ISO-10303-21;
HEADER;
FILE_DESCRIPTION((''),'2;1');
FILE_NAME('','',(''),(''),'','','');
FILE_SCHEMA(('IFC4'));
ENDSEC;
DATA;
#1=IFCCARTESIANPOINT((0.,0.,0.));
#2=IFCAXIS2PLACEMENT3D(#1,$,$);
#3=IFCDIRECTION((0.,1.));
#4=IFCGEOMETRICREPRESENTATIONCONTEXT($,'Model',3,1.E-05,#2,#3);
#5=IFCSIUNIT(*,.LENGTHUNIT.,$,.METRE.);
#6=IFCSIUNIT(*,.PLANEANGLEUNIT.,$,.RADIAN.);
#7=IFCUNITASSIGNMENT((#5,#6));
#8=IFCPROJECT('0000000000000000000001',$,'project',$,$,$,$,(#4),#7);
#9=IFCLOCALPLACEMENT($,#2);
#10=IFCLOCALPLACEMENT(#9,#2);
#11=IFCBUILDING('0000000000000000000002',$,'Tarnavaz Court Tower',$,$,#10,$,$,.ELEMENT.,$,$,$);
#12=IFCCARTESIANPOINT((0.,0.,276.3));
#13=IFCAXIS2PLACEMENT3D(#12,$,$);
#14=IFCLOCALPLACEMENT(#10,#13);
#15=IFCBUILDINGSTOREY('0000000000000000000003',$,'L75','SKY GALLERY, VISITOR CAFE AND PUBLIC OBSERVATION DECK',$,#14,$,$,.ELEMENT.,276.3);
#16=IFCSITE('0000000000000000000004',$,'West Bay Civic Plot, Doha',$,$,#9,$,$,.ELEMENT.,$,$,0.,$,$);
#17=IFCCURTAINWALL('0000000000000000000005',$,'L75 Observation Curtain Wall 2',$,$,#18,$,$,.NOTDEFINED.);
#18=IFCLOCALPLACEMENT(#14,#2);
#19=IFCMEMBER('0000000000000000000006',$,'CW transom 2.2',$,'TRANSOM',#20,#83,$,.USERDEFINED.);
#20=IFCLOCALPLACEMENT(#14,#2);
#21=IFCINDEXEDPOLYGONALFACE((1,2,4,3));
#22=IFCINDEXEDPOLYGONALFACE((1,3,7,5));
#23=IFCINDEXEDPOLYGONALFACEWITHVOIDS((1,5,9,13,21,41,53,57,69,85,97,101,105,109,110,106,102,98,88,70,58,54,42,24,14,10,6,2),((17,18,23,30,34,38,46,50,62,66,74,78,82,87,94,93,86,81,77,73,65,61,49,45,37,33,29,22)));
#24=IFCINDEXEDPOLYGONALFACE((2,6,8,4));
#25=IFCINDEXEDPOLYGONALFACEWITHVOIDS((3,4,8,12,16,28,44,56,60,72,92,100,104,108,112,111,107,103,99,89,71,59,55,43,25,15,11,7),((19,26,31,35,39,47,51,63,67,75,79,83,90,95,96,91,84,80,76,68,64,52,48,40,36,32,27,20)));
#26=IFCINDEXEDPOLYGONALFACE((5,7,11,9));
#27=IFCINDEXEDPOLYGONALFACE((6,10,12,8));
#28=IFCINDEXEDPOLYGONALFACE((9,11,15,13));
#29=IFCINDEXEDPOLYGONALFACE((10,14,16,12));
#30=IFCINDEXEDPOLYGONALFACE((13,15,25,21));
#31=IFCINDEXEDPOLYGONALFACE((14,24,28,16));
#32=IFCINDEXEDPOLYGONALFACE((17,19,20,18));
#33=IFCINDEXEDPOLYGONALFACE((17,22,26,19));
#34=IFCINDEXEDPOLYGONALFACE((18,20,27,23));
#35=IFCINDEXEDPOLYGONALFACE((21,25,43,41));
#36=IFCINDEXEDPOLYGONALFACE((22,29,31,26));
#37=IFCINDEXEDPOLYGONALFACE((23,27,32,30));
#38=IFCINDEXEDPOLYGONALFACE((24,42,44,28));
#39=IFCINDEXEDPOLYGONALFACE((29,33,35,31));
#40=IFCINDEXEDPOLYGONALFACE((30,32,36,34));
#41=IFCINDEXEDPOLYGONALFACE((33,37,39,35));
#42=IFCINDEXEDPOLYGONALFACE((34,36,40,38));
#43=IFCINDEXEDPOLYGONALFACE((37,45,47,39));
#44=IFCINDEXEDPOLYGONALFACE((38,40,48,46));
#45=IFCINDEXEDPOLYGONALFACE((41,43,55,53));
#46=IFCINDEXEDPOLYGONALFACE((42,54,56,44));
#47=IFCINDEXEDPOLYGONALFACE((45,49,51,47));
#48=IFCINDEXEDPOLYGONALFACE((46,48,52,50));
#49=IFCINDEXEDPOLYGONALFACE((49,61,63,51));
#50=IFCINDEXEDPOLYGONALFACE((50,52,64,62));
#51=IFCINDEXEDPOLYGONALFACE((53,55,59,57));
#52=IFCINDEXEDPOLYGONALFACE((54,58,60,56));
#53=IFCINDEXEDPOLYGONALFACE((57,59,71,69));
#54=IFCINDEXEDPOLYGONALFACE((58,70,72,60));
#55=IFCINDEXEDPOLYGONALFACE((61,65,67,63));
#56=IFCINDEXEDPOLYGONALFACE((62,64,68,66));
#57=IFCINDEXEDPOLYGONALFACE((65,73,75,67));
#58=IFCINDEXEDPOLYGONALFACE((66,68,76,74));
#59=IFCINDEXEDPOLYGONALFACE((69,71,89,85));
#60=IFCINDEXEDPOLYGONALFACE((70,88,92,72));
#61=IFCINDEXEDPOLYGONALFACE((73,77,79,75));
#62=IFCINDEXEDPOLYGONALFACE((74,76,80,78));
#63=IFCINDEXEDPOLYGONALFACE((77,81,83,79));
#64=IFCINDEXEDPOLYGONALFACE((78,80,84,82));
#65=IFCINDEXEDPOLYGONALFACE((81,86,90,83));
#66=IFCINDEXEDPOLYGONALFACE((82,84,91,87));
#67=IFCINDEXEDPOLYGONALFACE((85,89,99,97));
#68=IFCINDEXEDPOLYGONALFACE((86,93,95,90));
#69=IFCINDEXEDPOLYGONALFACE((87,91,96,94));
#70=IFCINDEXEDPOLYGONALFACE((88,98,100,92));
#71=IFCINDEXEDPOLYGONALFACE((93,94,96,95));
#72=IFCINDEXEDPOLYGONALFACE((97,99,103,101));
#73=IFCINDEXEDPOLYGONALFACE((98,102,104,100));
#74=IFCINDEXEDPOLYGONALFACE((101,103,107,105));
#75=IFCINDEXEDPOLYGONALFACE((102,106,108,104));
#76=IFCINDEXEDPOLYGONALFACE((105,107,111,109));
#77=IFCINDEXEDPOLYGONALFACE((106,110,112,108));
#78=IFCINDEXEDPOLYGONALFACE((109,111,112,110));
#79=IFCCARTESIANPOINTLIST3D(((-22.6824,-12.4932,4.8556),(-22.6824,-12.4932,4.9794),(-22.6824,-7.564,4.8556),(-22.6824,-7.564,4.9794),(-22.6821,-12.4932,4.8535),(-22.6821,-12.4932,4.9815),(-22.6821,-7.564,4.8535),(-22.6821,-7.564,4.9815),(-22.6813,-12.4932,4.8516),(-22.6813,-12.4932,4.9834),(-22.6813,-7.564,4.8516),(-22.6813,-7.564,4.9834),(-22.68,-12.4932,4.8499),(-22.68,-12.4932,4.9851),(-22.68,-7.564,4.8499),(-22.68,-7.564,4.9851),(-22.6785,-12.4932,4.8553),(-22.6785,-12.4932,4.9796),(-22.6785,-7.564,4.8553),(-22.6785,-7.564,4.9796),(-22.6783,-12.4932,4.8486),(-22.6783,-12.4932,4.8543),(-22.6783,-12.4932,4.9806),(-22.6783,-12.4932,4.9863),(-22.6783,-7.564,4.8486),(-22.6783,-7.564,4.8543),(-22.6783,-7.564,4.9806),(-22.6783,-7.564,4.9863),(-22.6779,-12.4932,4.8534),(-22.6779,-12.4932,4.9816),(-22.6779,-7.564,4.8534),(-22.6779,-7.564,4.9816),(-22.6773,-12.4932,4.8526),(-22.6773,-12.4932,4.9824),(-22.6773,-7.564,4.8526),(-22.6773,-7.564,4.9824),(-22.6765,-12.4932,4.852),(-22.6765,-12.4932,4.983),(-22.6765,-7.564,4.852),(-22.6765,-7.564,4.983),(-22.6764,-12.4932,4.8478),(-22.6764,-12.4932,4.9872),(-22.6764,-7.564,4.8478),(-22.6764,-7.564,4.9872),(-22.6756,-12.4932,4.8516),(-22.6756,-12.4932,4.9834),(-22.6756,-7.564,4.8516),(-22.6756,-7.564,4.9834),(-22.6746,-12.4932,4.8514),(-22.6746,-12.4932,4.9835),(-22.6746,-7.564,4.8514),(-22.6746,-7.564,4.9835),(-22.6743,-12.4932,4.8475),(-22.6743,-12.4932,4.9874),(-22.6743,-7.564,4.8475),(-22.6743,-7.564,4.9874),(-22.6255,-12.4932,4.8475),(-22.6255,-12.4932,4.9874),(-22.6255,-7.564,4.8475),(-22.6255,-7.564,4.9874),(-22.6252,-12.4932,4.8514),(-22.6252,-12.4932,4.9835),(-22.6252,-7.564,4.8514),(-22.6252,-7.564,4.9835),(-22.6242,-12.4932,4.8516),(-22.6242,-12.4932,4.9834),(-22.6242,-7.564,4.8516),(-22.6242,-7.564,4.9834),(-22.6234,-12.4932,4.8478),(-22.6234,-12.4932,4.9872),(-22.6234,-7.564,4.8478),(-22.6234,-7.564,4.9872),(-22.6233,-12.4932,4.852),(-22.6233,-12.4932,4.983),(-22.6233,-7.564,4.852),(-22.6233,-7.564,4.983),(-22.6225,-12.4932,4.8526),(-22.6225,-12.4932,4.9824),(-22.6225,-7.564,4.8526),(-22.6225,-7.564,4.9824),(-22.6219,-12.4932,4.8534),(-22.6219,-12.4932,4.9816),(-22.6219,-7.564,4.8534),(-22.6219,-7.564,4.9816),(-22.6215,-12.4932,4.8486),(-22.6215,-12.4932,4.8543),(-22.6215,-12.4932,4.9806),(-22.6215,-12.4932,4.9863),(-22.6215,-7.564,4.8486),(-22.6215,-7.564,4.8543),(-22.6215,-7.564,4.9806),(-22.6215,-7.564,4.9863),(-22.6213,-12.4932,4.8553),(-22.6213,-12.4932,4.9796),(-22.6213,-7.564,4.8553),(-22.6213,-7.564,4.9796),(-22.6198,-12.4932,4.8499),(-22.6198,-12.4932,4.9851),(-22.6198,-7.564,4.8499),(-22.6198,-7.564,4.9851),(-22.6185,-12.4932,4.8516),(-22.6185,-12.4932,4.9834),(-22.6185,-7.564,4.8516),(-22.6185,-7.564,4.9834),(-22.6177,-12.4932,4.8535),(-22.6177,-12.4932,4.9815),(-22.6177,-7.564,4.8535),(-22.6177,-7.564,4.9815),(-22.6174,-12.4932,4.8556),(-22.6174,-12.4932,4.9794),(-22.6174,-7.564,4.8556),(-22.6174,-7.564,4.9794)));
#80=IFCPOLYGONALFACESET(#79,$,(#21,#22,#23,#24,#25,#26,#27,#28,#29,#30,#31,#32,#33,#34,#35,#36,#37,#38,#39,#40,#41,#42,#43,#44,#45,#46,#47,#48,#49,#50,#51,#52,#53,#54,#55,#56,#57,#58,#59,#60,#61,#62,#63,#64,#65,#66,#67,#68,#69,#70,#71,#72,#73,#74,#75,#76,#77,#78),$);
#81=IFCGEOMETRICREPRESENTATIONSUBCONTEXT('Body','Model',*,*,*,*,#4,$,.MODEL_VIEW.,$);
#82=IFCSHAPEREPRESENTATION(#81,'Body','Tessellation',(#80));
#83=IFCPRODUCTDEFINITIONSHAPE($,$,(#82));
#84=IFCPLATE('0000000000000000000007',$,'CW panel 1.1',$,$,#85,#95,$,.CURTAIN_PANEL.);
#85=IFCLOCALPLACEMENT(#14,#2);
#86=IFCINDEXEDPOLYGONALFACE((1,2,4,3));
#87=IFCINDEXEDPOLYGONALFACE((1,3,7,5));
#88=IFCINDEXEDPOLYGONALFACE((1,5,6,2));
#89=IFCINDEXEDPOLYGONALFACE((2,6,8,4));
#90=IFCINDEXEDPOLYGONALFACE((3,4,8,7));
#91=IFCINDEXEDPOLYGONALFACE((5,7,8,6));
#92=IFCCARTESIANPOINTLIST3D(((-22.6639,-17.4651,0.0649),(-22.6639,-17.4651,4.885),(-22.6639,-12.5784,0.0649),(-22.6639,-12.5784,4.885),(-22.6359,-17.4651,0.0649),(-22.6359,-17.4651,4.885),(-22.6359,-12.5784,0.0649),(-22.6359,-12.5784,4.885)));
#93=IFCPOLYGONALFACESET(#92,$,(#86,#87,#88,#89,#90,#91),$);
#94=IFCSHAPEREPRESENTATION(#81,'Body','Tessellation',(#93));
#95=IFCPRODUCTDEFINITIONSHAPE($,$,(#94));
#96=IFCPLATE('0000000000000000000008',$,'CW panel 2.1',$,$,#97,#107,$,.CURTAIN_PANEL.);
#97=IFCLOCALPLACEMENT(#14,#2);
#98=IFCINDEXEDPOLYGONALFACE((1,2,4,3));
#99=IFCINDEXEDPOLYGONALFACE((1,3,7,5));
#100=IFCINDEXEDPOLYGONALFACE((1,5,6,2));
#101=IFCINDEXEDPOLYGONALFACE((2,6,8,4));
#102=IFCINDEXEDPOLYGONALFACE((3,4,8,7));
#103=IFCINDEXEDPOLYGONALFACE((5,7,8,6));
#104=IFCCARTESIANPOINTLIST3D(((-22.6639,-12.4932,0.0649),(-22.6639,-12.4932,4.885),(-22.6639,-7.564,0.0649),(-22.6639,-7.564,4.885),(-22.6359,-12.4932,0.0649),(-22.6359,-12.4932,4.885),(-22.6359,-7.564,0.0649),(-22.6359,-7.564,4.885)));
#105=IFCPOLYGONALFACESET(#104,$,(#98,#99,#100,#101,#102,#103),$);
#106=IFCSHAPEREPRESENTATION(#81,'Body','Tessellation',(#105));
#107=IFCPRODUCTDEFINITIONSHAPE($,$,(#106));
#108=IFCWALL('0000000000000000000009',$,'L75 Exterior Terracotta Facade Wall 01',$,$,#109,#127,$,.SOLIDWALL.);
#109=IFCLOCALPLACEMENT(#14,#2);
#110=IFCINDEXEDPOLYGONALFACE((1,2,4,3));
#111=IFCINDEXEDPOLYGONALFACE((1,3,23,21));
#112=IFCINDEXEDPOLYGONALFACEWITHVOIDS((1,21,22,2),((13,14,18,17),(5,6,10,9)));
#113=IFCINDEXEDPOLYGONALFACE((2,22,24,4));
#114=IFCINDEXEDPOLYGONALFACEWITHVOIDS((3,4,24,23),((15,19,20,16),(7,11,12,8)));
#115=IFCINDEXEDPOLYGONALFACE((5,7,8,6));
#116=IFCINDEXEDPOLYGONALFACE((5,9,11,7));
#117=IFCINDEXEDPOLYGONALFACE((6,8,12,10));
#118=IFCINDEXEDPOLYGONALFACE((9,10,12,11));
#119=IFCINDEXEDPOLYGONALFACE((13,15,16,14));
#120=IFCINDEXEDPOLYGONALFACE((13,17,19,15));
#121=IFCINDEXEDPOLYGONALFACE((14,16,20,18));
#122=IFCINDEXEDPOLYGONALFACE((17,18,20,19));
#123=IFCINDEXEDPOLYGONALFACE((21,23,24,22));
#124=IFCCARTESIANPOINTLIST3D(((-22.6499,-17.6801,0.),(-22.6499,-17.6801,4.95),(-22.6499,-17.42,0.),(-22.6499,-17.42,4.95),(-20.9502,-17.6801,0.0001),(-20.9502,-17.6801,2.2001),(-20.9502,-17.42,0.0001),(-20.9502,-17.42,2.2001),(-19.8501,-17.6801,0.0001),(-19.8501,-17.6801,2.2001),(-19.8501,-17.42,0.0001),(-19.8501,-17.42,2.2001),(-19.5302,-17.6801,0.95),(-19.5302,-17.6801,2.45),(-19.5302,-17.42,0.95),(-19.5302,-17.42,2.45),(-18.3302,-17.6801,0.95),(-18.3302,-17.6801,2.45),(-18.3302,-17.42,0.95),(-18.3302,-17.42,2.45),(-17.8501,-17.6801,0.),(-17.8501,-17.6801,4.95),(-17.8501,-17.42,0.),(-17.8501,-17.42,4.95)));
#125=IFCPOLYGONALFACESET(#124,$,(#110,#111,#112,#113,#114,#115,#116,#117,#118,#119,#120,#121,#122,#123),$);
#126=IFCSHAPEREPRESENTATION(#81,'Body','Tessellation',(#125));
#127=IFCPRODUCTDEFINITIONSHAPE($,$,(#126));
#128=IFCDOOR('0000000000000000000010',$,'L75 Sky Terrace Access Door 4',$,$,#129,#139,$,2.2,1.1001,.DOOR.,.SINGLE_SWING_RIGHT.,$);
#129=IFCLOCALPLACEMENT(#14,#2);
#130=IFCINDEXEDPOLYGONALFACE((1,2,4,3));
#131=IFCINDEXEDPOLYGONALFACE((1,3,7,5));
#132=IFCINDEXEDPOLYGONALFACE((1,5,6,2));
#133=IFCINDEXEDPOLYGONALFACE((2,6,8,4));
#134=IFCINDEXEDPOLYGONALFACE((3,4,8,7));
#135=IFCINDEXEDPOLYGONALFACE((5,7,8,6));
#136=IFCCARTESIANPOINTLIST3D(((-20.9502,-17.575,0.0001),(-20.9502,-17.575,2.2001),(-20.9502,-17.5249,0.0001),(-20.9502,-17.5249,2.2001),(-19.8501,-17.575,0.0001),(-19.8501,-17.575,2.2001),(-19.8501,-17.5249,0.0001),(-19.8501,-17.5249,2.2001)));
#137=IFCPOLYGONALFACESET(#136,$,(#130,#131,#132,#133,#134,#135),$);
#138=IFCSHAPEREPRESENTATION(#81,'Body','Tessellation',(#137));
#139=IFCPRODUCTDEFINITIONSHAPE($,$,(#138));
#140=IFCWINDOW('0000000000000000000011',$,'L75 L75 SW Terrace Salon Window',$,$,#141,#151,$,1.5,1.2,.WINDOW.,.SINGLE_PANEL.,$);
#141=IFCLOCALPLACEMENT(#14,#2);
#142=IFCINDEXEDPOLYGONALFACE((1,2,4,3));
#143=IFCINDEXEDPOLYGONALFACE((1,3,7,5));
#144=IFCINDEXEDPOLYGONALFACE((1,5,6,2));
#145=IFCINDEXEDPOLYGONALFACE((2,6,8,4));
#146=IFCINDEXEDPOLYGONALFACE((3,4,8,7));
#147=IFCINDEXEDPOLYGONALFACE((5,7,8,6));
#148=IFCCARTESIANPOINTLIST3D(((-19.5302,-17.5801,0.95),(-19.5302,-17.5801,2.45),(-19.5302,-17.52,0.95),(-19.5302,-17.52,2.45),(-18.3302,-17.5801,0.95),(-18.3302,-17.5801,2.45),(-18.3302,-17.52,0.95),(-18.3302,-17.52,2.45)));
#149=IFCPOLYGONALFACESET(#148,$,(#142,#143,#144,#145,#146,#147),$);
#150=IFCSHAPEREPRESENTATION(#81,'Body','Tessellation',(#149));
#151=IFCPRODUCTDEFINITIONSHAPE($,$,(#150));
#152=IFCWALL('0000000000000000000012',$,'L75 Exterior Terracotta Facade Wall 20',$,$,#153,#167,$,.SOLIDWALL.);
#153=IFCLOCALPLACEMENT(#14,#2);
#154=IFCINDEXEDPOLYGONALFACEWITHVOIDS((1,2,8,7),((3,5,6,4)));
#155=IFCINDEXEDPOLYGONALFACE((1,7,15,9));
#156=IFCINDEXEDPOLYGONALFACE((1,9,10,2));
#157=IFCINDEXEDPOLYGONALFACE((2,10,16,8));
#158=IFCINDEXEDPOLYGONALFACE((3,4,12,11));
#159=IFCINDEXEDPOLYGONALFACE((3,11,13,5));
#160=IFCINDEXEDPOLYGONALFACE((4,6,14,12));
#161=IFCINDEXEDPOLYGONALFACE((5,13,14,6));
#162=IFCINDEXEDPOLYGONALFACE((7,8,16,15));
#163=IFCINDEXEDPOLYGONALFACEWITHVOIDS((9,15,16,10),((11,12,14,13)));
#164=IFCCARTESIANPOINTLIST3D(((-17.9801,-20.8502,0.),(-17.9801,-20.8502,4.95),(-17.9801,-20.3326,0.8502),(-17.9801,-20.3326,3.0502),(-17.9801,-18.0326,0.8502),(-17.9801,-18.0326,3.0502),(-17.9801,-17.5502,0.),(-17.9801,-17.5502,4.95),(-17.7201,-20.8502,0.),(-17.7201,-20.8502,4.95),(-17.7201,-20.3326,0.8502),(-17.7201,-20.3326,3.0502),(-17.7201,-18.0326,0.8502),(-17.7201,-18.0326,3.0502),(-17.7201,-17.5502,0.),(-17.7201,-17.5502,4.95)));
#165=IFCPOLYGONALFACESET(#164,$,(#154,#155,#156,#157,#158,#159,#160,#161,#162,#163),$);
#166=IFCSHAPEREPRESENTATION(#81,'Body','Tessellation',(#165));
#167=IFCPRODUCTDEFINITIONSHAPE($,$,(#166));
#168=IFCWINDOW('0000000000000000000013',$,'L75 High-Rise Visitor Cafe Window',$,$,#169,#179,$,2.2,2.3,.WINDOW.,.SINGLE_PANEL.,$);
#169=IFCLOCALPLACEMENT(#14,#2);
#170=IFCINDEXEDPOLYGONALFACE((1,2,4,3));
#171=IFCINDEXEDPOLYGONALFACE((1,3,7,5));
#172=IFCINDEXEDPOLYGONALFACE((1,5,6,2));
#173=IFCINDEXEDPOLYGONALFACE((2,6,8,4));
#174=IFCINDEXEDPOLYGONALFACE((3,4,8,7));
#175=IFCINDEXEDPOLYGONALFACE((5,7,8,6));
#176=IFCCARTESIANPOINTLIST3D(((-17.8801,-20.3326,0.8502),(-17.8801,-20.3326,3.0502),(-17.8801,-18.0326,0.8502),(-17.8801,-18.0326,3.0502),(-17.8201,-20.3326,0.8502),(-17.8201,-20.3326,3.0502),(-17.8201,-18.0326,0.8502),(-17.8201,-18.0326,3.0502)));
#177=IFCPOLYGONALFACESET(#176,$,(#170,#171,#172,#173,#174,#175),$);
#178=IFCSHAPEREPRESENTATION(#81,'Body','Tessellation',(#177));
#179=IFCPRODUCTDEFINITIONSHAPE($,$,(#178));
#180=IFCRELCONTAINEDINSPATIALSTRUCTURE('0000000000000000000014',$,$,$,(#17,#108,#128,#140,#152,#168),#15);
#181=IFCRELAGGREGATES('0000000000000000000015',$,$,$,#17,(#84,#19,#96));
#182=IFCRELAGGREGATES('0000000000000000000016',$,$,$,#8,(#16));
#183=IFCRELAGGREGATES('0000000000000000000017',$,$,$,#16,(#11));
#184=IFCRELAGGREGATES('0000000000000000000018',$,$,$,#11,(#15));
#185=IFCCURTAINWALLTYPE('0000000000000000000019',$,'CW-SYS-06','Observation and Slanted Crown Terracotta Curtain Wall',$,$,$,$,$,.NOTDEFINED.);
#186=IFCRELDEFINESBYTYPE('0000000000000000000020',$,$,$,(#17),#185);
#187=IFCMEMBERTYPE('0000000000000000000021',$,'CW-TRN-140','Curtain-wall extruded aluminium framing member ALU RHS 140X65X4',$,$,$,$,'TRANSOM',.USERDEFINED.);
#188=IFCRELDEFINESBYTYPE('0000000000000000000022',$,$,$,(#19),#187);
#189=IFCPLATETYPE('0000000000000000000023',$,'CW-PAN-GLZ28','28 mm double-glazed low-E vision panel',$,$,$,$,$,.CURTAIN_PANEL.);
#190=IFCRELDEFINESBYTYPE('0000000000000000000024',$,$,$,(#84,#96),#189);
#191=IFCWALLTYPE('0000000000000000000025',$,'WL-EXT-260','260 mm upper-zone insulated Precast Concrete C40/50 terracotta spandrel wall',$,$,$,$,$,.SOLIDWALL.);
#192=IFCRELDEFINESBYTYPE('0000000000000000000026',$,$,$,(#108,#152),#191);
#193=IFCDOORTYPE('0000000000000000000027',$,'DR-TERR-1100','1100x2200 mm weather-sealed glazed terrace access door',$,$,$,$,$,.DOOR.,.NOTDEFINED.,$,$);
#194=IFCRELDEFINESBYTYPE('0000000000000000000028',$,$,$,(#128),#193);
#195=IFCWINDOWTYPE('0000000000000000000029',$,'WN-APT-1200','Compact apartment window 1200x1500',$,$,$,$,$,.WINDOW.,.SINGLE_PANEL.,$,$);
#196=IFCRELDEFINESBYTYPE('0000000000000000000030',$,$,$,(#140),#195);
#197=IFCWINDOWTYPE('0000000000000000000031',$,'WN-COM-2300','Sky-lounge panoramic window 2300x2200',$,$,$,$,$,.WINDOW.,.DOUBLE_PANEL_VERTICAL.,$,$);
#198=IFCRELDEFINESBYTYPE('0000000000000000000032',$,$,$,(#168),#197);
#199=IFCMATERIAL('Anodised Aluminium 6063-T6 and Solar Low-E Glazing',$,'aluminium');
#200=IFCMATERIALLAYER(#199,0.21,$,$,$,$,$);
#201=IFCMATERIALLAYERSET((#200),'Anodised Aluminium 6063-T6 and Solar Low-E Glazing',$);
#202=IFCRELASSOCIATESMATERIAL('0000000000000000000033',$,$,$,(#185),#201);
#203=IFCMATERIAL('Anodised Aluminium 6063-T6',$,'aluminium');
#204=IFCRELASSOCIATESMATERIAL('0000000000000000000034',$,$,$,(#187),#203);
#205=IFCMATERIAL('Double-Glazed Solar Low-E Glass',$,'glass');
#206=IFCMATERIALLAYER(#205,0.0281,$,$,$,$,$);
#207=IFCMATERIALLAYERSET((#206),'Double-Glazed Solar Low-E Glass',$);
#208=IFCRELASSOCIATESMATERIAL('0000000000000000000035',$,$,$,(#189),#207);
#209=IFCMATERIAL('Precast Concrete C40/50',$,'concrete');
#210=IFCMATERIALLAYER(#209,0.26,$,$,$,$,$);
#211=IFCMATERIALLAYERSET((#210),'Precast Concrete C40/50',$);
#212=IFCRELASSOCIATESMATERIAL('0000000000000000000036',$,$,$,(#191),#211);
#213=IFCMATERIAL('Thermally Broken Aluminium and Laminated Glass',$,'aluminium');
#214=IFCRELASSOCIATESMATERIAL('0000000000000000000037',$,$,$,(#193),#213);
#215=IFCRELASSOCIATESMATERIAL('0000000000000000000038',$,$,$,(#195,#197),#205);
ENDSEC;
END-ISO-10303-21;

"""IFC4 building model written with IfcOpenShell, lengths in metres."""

from ifc_helpers import new_model, si_unit, direction, frame, frame_2d, origin, origin_2d, place, context, subcontext, project, spatial, rectangle, hollow_rectangle, extrude, material, layer, layer_set, material_profile, profile_set, type_object, element, fill, aggregate, save


model = new_model("IFC4")

# Units and contexts
model_context = context("Model", 3, precision=1e-05, world=origin(), true_north=direction((0.0, 1.0)))
body_context = subcontext(model_context, "Body", "Model", "MODEL_VIEW")
ifc_project = project(units=[si_unit("LENGTHUNIT", "METRE"), si_unit("PLANEANGLEUNIT", "RADIAN")], contexts=[model_context])

# Site, building, storey
site_placement = place(None, origin())
site = spatial("IfcSite", under=ifc_project, at=site_placement, Name="West Bay Civic Plot, Doha", CompositionType="ELEMENT", RefElevation=0.0)
building_placement = place(site_placement, origin())
building = spatial("IfcBuilding", under=site, at=building_placement, Name="Tarnavaz Court Tower", CompositionType="ELEMENT")
storey_placement = place(building_placement, frame((0.0, 0.0, 276.3)))
storey = spatial("IfcBuildingStorey", under=building, at=storey_placement, Name="L75", Description="SKY GALLERY, VISITOR CAFE AND PUBLIC OBSERVATION DECK", CompositionType="ELEMENT", Elevation=276.3)

# Curtain wall, member, plates
ifc_material_1 = material(Name="Anodised Aluminium 6063-T6 and Solar Low-E Glazing", Category="aluminium")
ifc_layer_1 = layer(ifc_material_1, 0.21)
ifc_layer_set_1 = layer_set([ifc_layer_1], Name="Anodised Aluminium 6063-T6 and Solar Low-E Glazing")
curtain_wall_type = type_object("IfcCurtainWallType", Name="CW-SYS-06", Description="Observation and Slanted Crown Terracotta Curtain Wall", PredefinedType="NOTDEFINED", material=ifc_layer_set_1)
curtain_wall_placement = place(storey_placement, origin())
curtain_wall = element("IfcCurtainWall", 1, at=curtain_wall_placement, inside=storey, type_object=curtain_wall_type, Name="L75 Observation Curtain Wall 2", PredefinedType="NOTDEFINED")
ifc_material_2 = material(Name="Anodised Aluminium 6063-T6", Category="aluminium")
ifc_material_profile_1 = material_profile(ifc_material_2, hollow_rectangle(XDim=0.0649, YDim=0.1399, WallThickness=0.0039, InnerFilletRadius=0.0039, OuterFilletRadius=0.0081, at=origin_2d()), Name="ALU RHS 140X65X4")
ifc_profile_set_1 = profile_set([ifc_material_profile_1], Name="Anodised Aluminium 6063-T6")
member_type_1 = type_object("IfcMemberType", Name="CW-TRN-140", Description="Curtain-wall extruded aluminium framing member ALU RHS 140X65X4", ElementType="TRANSOM", PredefinedType="USERDEFINED", material=ifc_profile_set_1)
member_1_placement = place(storey_placement, frame((-22.6499, -12.4932, 4.9175), z_axis=(0.0, 1.0, 0.0), x_axis=(-1.0, 0.0, 0.0)))
member_1 = element("IfcMember", 2, at=member_1_placement, type_object=member_type_1, Name="CW transom 2.2", ObjectType="TRANSOM", PredefinedType="USERDEFINED", context=body_context, shape_type="SweptSolid", body=[
    extrude(hollow_rectangle(XDim=0.0649, YDim=0.1399, WallThickness=0.0039, InnerFilletRadius=0.0039, OuterFilletRadius=0.0081, at=origin_2d()), origin(), (0.0, 0.0, 1.0), 4.9292),
])
ifc_material_3 = material(Name="Double-Glazed Solar Low-E Glass", Category="glass")
ifc_layer_2 = layer(ifc_material_3, 0.0281)
ifc_layer_set_2 = layer_set([ifc_layer_2], Name="Double-Glazed Solar Low-E Glass")
plate_type = type_object("IfcPlateType", Name="CW-PAN-GLZ28", Description="28 mm double-glazed low-E vision panel", PredefinedType="CURTAIN_PANEL", material=ifc_layer_set_2)
plate_1_placement = place(storey_placement, frame((-22.6499, -15.0217, 0.0649), z_axis=(0.0, 0.0, 1.0), x_axis=(0.0, 1.0, 0.0)))
plate_1 = element("IfcPlate", 3, at=plate_1_placement, type_object=plate_type, Name="CW panel 1.1", PredefinedType="CURTAIN_PANEL", context=body_context, shape_type="SweptSolid", body=[
    extrude(rectangle(XDim=4.8867, YDim=0.0281, at=origin_2d()), origin(), (0.0, 0.0, 1.0), 4.8201),
])
plate_2_placement = place(storey_placement, frame((-22.6499, -10.0286, 0.0649), z_axis=(0.0, 0.0, 1.0), x_axis=(0.0, 1.0, 0.0)))
plate_2 = element("IfcPlate", 4, at=plate_2_placement, type_object=plate_type, Name="CW panel 2.1", PredefinedType="CURTAIN_PANEL", context=body_context, shape_type="SweptSolid", body=[
    extrude(rectangle(XDim=4.9292, YDim=0.0281, at=origin_2d()), origin(), (0.0, 0.0, 1.0), 4.8201),
])
aggregate(curtain_wall, [plate_1, member_1, plate_2])

# Wall, openings, door, window
ifc_material_4 = material(Name="Precast Concrete C40/50", Category="concrete")
ifc_layer_3 = layer(ifc_material_4, 0.26)
ifc_layer_set_3 = layer_set([ifc_layer_3], Name="Precast Concrete C40/50")
wall_type_1 = type_object("IfcWallType", Name="WL-EXT-260", Description="260 mm upper-zone insulated Precast Concrete C40/50 terracotta spandrel wall", PredefinedType="SOLIDWALL", material=ifc_layer_set_3)
wall_1_placement = place(storey_placement, frame((-17.8501, -17.55, 0.0), z_axis=(0.0, 0.0, 1.0), x_axis=(-1.0, 0.0, 0.0)))
wall_1 = element("IfcWall", 5, at=wall_1_placement, inside=storey, type_object=wall_type_1, Name="L75 Exterior Terracotta Facade Wall 01", PredefinedType="SOLIDWALL", context=body_context, shape_type="SweptSolid", body=[
    extrude(rectangle(XDim=4.7998, YDim=0.26, at=frame_2d((2.3999, 0.0))), origin(), (0.0, 0.0, 1.0), 4.95),
])
opening_1_placement = place(wall_1_placement, frame((2.0, 0.0, 0.0)))
opening_1 = element("IfcOpeningElement", 6, at=opening_1_placement, cuts=wall_1, PredefinedType="OPENING", context=body_context, shape_type="SweptSolid", body=[
    extrude(rectangle(XDim=1.1001, YDim=2.2, at=frame_2d((0.55, 1.1001))), frame((0.0, 0.1399, 0.0), z_axis=(0.0, -1.0, 0.0), x_axis=(1.0, 0.0, 0.0)), (0.0, 0.0, 1.0), 0.28),
])
opening_2_placement = place(wall_1_placement, frame((0.48, 0.0, 0.95)))
opening_2 = element("IfcOpeningElement", 7, at=opening_2_placement, cuts=wall_1, PredefinedType="OPENING", context=body_context, shape_type="SweptSolid", body=[
    extrude(rectangle(XDim=1.2, YDim=1.5, at=frame_2d((0.6001, 0.75))), frame((0.0, 0.1399, 0.0), z_axis=(0.0, -1.0, 0.0), x_axis=(1.0, 0.0, 0.0)), (0.0, 0.0, 1.0), 0.28),
])
ifc_material_5 = material(Name="Thermally Broken Aluminium and Laminated Glass", Category="aluminium")
door_type_1 = type_object("IfcDoorType", Name="DR-TERR-1100", Description="1100x2200 mm weather-sealed glazed terrace access door", OperationType="NOTDEFINED", PredefinedType="DOOR", material=ifc_material_5)
door_1_placement = place(opening_1_placement, origin())
door_1 = element("IfcDoor", 8, at=door_1_placement, inside=storey, type_object=door_type_1, Name="L75 Sky Terrace Access Door 4", OperationType="SINGLE_SWING_RIGHT", OverallHeight=2.2, OverallWidth=1.1001, PredefinedType="DOOR", context=body_context, shape_type="SweptSolid", body=[
    extrude(rectangle(XDim=1.1001, YDim=2.2, at=frame_2d((0.55, 1.1001))), frame((0.0, 0.0249, 0.0), z_axis=(0.0, -1.0, 0.0), x_axis=(1.0, 0.0, 0.0)), (0.0, 0.0, 1.0), 0.05),
])
fill(opening_1, door_1)
window_type_1 = type_object("IfcWindowType", Name="WN-APT-1200", Description="Compact apartment window 1200x1500", PartitioningType="SINGLE_PANEL", PredefinedType="WINDOW", material=ifc_material_3)
window_1_placement = place(opening_2_placement, origin())
window_1 = element("IfcWindow", 9, at=window_1_placement, inside=storey, type_object=window_type_1, Name="L75 L75 SW Terrace Salon Window", OverallHeight=1.5, OverallWidth=1.2, PartitioningType="SINGLE_PANEL", PredefinedType="WINDOW", context=body_context, shape_type="SweptSolid", body=[
    extrude(rectangle(XDim=1.2, YDim=1.5, at=frame_2d((0.6001, 0.75))), frame((0.0, 0.03, 0.0), z_axis=(0.0, -1.0, 0.0), x_axis=(1.0, 0.0, 0.0)), (0.0, 0.0, 1.0), 0.0601),
])
fill(opening_2, window_1)

# Wall, opening, window
wall_2_placement = place(storey_placement, frame((-17.8501, -20.8501, 0.0), z_axis=(0.0, 0.0, 1.0), x_axis=(0.0, 1.0, 0.0)))
wall_2 = element("IfcWall", 10, at=wall_2_placement, inside=storey, type_object=wall_type_1, Name="L75 Exterior Terracotta Facade Wall 20", PredefinedType="SOLIDWALL", context=body_context, shape_type="SweptSolid", body=[
    extrude(rectangle(XDim=3.3, YDim=0.26, at=frame_2d((1.6499, 0.0))), origin(), (0.0, 0.0, 1.0), 4.95),
])
opening_3_placement = place(wall_2_placement, frame((0.5176, 0.0, 0.8501)))
opening_3 = element("IfcOpeningElement", 11, at=opening_3_placement, cuts=wall_2, PredefinedType="OPENING", context=body_context, shape_type="SweptSolid", body=[
    extrude(rectangle(XDim=2.3, YDim=2.2, at=frame_2d((1.1499, 1.1001))), frame((0.0, 0.1399, 0.0), z_axis=(0.0, -1.0, 0.0), x_axis=(1.0, 0.0, 0.0)), (0.0, 0.0, 1.0), 0.28),
])
window_type_2 = type_object("IfcWindowType", Name="WN-COM-2300", Description="Sky-lounge panoramic window 2300x2200", PartitioningType="DOUBLE_PANEL_VERTICAL", PredefinedType="WINDOW", material=ifc_material_3)
window_2_placement = place(opening_3_placement, origin())
window_2 = element("IfcWindow", 12, at=window_2_placement, inside=storey, type_object=window_type_2, Name="L75 High-Rise Visitor Cafe Window", OverallHeight=2.2, OverallWidth=2.3, PartitioningType="SINGLE_PANEL", PredefinedType="WINDOW", context=body_context, shape_type="SweptSolid", body=[
    extrude(rectangle(XDim=2.3, YDim=2.2, at=frame_2d((1.1499, 1.1001))), frame((0.0, 0.03, 0.0), z_axis=(0.0, -1.0, 0.0), x_axis=(1.0, 0.0, 0.0)), (0.0, 0.0, 1.0), 0.0601),
])
fill(opening_3, window_2)

save(model, "model.ifc")
